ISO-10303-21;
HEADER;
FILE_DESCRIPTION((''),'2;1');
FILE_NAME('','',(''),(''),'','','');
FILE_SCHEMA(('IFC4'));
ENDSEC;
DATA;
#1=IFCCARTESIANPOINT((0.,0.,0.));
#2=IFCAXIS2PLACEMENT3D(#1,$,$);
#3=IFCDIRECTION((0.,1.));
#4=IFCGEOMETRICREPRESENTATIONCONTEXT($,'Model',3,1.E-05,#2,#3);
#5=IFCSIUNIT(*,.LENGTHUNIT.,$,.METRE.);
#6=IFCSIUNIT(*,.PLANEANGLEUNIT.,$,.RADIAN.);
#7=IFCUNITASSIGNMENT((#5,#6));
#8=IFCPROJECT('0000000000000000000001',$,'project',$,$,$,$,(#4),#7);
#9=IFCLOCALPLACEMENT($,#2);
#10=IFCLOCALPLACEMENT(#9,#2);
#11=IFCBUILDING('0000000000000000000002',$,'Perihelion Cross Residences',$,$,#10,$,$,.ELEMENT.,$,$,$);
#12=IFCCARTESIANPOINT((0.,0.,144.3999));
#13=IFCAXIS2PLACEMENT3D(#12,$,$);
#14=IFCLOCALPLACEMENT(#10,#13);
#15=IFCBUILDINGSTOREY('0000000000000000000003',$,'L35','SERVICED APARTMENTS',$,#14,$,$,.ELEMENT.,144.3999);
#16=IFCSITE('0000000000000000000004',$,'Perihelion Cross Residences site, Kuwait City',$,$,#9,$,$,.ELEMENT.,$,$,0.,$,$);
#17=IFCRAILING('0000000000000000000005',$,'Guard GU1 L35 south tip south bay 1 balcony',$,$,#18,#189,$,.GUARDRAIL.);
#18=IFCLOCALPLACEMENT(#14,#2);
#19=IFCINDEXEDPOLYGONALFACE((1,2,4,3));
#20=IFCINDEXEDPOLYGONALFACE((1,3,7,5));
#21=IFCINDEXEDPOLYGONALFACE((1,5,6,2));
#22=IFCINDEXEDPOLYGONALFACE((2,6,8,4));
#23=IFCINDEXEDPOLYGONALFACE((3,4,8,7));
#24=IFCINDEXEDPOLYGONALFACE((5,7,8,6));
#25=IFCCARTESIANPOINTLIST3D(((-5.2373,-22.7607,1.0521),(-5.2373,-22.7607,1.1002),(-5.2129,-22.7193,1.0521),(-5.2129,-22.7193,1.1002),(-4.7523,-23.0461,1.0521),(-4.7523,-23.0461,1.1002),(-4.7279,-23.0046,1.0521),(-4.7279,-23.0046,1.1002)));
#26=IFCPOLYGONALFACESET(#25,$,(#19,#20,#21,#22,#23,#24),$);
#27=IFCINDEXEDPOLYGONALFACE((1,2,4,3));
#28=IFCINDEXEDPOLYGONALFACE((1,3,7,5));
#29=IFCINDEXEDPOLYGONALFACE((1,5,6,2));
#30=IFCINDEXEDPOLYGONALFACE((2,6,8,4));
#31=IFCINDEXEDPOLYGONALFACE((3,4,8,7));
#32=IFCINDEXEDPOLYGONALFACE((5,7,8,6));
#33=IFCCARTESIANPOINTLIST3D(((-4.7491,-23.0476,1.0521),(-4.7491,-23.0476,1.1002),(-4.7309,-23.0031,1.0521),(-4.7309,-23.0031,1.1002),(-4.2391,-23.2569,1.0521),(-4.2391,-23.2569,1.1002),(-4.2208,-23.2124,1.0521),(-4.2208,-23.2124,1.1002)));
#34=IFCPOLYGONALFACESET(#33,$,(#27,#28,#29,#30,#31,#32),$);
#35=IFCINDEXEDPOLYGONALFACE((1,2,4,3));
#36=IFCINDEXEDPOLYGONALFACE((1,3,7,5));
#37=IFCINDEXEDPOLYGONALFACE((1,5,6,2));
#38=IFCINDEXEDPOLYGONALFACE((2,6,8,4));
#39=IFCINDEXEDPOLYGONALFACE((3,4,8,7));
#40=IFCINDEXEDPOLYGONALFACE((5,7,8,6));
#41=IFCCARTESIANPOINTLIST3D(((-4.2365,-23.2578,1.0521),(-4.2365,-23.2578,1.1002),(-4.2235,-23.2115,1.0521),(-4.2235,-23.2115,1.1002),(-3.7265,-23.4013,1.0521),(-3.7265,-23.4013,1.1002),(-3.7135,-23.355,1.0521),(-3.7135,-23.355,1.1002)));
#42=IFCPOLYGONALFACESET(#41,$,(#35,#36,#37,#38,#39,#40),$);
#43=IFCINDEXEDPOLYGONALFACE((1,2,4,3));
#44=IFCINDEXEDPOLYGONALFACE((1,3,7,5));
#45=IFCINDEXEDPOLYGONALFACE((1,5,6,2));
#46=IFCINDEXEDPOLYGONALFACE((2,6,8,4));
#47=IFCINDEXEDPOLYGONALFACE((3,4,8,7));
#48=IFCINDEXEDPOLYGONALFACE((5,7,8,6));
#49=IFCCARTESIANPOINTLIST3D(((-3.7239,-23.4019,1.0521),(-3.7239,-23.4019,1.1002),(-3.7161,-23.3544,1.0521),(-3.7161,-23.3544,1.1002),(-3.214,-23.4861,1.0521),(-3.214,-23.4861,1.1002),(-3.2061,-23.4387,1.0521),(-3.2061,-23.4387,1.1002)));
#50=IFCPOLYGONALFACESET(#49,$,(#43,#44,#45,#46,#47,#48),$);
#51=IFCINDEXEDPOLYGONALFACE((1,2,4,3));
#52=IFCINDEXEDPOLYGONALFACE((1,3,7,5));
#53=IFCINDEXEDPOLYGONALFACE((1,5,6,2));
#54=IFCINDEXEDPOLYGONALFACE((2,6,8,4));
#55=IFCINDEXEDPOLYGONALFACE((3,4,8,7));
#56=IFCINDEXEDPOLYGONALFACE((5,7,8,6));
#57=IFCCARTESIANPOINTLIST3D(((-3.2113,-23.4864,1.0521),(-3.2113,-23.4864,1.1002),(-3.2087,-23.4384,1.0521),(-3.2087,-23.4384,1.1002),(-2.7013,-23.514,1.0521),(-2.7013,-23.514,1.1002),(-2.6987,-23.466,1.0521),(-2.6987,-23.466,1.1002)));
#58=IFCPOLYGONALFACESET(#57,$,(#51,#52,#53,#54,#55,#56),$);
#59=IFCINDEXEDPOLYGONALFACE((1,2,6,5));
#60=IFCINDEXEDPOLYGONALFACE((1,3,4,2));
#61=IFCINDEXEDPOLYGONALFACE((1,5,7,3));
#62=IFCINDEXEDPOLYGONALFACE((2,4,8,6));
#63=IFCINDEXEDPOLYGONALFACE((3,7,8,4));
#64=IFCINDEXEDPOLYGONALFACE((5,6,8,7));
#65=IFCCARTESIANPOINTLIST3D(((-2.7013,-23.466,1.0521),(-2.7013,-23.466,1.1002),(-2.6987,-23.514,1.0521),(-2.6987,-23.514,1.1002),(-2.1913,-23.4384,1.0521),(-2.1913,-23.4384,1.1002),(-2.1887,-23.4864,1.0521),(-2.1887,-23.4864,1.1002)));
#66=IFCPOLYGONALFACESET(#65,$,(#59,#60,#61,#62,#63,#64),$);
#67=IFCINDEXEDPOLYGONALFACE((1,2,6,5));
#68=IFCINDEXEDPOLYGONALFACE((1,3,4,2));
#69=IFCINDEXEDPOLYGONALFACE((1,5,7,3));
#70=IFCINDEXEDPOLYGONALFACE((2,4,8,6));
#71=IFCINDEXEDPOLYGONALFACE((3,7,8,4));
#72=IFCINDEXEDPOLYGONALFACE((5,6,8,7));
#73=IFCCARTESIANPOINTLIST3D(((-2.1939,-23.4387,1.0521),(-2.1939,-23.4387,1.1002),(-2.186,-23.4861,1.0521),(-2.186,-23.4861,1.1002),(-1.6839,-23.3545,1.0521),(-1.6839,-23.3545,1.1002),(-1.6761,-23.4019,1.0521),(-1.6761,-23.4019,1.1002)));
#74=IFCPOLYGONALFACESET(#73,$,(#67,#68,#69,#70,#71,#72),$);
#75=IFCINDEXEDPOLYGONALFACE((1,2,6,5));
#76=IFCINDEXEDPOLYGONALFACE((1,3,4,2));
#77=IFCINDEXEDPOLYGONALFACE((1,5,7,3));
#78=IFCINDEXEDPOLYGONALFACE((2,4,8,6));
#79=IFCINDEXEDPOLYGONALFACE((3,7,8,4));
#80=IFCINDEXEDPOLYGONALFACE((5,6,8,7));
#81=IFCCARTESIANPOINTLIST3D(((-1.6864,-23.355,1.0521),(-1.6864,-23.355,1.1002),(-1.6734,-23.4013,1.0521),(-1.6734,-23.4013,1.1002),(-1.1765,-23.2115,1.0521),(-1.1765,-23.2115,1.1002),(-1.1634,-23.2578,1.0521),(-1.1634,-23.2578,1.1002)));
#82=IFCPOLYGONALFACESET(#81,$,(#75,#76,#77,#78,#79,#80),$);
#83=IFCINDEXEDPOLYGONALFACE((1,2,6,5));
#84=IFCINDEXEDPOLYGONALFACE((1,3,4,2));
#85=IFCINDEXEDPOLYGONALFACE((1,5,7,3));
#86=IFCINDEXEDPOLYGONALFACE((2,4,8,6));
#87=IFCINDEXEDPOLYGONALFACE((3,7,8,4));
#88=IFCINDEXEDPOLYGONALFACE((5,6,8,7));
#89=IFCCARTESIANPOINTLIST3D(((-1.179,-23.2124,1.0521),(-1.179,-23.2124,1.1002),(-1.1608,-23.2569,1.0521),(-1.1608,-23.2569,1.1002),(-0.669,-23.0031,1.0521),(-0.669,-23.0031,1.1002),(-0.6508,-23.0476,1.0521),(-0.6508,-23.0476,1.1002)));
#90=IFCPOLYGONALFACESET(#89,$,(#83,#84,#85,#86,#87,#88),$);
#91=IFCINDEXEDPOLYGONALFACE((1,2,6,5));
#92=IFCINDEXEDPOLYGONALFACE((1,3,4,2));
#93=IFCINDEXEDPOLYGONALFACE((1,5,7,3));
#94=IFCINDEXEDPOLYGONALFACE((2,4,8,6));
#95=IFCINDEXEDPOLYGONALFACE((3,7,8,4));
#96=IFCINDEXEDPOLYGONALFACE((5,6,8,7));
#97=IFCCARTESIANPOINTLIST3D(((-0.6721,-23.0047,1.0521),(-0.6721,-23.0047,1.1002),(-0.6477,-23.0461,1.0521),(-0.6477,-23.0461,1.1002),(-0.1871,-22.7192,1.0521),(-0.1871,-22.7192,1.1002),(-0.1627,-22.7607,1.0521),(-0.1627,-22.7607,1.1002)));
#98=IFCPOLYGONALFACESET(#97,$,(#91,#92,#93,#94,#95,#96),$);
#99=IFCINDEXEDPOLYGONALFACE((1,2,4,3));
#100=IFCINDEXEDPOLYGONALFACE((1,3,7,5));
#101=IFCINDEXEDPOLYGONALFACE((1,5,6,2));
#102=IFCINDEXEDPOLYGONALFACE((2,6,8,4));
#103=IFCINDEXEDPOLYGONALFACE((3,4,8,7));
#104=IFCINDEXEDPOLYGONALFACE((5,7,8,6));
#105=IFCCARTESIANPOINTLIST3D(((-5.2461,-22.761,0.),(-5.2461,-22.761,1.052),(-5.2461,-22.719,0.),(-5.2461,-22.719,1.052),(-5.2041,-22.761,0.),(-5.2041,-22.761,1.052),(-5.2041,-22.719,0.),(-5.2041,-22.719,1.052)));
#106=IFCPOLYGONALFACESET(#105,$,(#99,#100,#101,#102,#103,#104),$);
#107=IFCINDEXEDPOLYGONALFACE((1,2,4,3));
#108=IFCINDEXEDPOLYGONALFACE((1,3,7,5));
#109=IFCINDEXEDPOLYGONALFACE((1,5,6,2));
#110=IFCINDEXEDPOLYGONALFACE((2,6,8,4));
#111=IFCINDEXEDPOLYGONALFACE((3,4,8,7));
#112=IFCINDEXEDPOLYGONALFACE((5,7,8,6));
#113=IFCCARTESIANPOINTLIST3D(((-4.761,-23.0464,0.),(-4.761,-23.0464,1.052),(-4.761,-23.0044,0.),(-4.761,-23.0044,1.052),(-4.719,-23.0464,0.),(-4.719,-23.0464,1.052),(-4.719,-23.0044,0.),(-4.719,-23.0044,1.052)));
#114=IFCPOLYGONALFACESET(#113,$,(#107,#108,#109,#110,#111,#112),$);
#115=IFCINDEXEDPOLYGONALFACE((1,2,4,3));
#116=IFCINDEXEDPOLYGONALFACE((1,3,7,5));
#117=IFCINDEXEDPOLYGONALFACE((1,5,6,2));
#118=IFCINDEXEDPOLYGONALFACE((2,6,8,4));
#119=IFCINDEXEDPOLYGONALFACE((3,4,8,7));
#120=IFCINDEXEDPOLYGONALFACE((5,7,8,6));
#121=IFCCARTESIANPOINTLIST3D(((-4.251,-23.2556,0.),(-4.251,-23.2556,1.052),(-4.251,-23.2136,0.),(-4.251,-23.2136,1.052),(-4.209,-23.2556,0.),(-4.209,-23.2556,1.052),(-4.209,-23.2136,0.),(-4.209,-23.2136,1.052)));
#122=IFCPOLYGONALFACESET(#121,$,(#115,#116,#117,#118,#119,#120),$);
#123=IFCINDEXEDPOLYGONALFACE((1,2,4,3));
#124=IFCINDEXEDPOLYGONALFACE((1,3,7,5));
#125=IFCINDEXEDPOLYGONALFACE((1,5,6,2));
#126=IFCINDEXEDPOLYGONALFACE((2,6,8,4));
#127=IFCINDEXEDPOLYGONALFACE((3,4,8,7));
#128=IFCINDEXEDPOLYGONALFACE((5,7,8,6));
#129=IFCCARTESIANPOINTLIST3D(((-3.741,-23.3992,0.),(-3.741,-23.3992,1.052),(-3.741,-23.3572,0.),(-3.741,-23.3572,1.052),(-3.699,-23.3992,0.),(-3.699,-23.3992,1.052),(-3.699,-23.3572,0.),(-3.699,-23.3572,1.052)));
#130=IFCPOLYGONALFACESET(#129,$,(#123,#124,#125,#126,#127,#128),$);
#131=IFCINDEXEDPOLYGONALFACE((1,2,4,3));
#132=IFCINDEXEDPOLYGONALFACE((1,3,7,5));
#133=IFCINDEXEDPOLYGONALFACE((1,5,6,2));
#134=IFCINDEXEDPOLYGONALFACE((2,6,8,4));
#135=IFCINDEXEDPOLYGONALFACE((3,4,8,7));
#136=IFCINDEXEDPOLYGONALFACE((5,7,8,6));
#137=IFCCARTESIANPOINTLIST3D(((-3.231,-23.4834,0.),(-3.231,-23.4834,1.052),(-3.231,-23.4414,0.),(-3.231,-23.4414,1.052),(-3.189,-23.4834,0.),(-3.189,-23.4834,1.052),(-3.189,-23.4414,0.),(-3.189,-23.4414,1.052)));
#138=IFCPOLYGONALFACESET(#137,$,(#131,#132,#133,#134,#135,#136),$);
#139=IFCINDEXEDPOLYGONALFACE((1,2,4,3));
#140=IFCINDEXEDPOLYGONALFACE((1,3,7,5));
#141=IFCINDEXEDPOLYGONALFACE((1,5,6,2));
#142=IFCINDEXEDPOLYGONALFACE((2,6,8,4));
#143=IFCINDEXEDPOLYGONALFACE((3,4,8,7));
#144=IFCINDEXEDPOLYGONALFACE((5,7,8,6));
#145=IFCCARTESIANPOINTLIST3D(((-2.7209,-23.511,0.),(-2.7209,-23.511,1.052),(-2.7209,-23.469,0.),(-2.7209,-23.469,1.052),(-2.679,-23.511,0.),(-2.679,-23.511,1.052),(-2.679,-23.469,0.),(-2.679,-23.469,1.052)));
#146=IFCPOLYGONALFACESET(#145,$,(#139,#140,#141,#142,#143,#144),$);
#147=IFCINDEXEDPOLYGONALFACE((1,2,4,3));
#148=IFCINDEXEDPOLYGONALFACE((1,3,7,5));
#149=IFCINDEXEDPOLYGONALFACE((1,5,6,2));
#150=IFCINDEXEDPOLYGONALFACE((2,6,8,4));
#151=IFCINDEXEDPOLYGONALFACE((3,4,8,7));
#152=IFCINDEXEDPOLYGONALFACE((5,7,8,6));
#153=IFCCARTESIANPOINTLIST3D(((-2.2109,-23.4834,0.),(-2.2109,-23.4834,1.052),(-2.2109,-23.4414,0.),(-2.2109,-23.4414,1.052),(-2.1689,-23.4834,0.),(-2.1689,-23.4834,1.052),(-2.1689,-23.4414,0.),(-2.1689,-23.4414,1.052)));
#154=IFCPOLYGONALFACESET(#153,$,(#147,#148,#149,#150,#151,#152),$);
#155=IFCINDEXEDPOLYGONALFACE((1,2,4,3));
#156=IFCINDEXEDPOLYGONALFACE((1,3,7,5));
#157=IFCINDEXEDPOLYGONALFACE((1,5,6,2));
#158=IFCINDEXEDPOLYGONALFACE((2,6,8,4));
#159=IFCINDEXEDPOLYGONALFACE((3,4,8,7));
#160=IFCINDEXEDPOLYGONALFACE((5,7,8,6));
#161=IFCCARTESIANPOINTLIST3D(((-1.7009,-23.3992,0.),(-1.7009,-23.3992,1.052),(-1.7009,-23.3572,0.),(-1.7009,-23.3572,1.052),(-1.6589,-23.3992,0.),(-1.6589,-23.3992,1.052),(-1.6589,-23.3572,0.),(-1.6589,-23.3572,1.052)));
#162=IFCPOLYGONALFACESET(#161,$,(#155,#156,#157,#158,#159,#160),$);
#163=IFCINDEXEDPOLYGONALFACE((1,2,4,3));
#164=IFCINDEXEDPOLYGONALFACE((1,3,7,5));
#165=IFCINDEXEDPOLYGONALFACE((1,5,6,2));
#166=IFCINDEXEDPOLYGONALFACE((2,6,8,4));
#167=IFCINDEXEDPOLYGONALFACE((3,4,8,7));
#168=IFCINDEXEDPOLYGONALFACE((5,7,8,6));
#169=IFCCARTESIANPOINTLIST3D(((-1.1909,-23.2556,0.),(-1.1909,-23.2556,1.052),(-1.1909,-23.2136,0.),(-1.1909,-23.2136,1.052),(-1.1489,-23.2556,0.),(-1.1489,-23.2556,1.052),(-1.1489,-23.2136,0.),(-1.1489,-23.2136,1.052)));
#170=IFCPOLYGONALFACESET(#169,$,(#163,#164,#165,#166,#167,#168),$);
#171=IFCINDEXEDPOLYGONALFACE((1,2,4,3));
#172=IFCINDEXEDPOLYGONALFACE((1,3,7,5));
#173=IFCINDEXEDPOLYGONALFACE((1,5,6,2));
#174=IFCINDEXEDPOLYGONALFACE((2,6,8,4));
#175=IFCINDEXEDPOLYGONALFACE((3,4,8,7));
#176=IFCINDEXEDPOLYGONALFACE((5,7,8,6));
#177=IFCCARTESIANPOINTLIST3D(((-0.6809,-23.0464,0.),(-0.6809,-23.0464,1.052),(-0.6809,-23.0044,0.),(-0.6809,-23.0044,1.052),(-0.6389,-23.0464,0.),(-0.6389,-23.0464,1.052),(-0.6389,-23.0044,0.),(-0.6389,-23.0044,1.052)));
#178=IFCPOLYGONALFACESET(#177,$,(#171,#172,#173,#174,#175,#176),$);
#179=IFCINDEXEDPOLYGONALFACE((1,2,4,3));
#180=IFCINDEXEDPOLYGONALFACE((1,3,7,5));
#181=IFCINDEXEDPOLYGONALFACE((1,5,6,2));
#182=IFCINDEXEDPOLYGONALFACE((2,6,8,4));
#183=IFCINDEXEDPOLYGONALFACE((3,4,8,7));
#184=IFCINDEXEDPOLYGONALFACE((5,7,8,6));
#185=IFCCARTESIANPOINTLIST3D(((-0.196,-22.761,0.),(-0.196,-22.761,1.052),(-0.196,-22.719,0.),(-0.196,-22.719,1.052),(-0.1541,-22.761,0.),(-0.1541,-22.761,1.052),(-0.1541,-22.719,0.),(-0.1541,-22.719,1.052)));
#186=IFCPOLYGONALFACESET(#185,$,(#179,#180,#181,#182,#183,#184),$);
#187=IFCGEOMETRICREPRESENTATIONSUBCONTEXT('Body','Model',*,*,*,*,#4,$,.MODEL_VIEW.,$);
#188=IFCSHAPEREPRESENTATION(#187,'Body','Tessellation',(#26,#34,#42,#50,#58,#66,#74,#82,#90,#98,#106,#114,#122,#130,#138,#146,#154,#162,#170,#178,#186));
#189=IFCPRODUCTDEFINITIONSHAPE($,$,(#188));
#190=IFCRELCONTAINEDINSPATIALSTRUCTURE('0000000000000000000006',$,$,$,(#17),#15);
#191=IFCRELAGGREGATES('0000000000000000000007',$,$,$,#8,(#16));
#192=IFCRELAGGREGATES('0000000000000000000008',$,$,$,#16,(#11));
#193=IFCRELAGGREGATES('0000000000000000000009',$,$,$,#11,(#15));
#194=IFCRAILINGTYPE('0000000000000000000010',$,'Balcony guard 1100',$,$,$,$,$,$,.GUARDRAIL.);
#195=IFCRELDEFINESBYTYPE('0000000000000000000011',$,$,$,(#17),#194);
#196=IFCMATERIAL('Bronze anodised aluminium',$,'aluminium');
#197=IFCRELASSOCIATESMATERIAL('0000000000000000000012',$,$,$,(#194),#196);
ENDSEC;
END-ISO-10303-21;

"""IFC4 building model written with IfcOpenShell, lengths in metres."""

from ifc_helpers import new_model, si_unit, direction, frame, origin, origin_2d, place, context, subcontext, project, spatial, rectangle, extrude, material, type_object, element, save


model = new_model("IFC4")

# Units and contexts
model_context = context("Model", 3, precision=1e-05, world=origin(), true_north=direction((0.0, 1.0)))
body_context = subcontext(model_context, "Body", "Model", "MODEL_VIEW")
ifc_project = project(units=[si_unit("LENGTHUNIT", "METRE"), si_unit("PLANEANGLEUNIT", "RADIAN")], contexts=[model_context])

# Site, building, storey
site_placement = place(None, origin())
site = spatial("IfcSite", under=ifc_project, at=site_placement, Name="Perihelion Cross Residences site, Kuwait City", CompositionType="ELEMENT", RefElevation=0.0)
building_placement = place(site_placement, origin())
building = spatial("IfcBuilding", under=site, at=building_placement, Name="Perihelion Cross Residences", CompositionType="ELEMENT")
storey_placement = place(building_placement, frame((0.0, 0.0, 144.3999)))
storey = spatial("IfcBuildingStorey", under=building, at=storey_placement, Name="L35", Description="SERVICED APARTMENTS", CompositionType="ELEMENT", Elevation=144.3999)

# Railing
ifc_material_1 = material(Name="Bronze anodised aluminium", Category="aluminium")
railing_type = type_object("IfcRailingType", Name="Balcony guard 1100", PredefinedType="GUARDRAIL", material=ifc_material_1)
railing_1_placement = place(storey_placement, frame((-5.2251, -22.74, 0.0)))
element("IfcRailing", 1, at=railing_1_placement, inside=storey, type_object=railing_type, Name="Guard GU1 L35 south tip south bay 1 balcony", PredefinedType="GUARDRAIL", context=body_context, shape_type="SweptSolid", body=[
    extrude(rectangle(XDim=0.0481, YDim=0.0481, at=origin_2d()), frame((0.0, 0.0, 1.0762), z_axis=(0.861901, -0.507077, 0.0), x_axis=(0.507077, 0.861901, 0.0)), (0.0, 0.0, 1.0), 0.5627),
    extrude(rectangle(XDim=0.0481, YDim=0.0481, at=origin_2d()), frame((0.4851, -0.2854, 1.0762), z_axis=(0.925173, -0.379547, 0.0), x_axis=(0.379547, 0.925173, 0.0)), (0.0, 0.0, 1.0), 0.5513),
    extrude(rectangle(XDim=0.0481, YDim=0.0481, at=origin_2d()), frame((0.9951, -0.4946, 1.0762), z_axis=(0.962595, -0.270946, 0.0), x_axis=(0.270946, 0.962595, 0.0)), (0.0, 0.0, 1.0), 0.5298),
    extrude(rectangle(XDim=0.0481, YDim=0.0481, at=origin_2d()), frame((1.5051, -0.6382, 1.0762), z_axis=(0.986635, -0.162944, 0.0), x_axis=(0.162944, 0.986635, 0.0)), (0.0, 0.0, 1.0), 0.5168),
    extrude(rectangle(XDim=0.0481, YDim=0.0481, at=origin_2d()), frame((2.0151, -0.7224, 1.0762), z_axis=(0.99854, -0.054014, 0.0), x_axis=(0.054014, 0.99854, 0.0)), (0.0, 0.0, 1.0), 0.5107),
    extrude(rectangle(XDim=0.0481, YDim=0.0481, at=origin_2d()), frame((2.5251, -0.75, 1.0762), z_axis=(0.99854, 0.054014, 0.0), x_axis=(-0.054014, 0.99854, 0.0)), (0.0, 0.0, 1.0), 0.5107),
    extrude(rectangle(XDim=0.0481, YDim=0.0481, at=origin_2d()), frame((3.0352, -0.7224, 1.0762), z_axis=(0.986635, 0.162944, 0.0), x_axis=(-0.162944, 0.986635, 0.0)), (0.0, 0.0, 1.0), 0.5168),
    extrude(rectangle(XDim=0.0481, YDim=0.0481, at=origin_2d()), frame((3.5452, -0.6382, 1.0762), z_axis=(0.962595, 0.270946, 0.0), x_axis=(-0.270946, 0.962595, 0.0)), (0.0, 0.0, 1.0), 0.5298),
    extrude(rectangle(XDim=0.0481, YDim=0.0481, at=origin_2d()), frame((4.0552, -0.4946, 1.0762), z_axis=(0.925173, 0.379547, 0.0), x_axis=(-0.379547, 0.925173, 0.0)), (0.0, 0.0, 1.0), 0.5513),
    extrude(rectangle(XDim=0.0481, YDim=0.0481, at=origin_2d()), frame((4.5652, -0.2854, 1.0762), z_axis=(0.861789, 0.507267, 0.0), x_axis=(-0.507267, 0.861789, 0.0)), (0.0, 0.0, 1.0), 0.5627),
    extrude(rectangle(XDim=0.042, YDim=0.042, at=origin_2d()), origin(), (0.0, 0.0, 1.0), 1.052),
    extrude(rectangle(XDim=0.042, YDim=0.042, at=origin_2d()), frame((0.4851, -0.2854, 0.0)), (0.0, 0.0, 1.0), 1.052),
    extrude(rectangle(XDim=0.042, YDim=0.042, at=origin_2d()), frame((0.9951, -0.4946, 0.0)), (0.0, 0.0, 1.0), 1.052),
    extrude(rectangle(XDim=0.042, YDim=0.042, at=origin_2d()), frame((1.5051, -0.6382, 0.0)), (0.0, 0.0, 1.0), 1.052),
    extrude(rectangle(XDim=0.042, YDim=0.042, at=origin_2d()), frame((2.0151, -0.7224, 0.0)), (0.0, 0.0, 1.0), 1.052),
    extrude(rectangle(XDim=0.042, YDim=0.042, at=origin_2d()), frame((2.5251, -0.75, 0.0)), (0.0, 0.0, 1.0), 1.052),
    extrude(rectangle(XDim=0.042, YDim=0.042, at=origin_2d()), frame((3.0352, -0.7224, 0.0)), (0.0, 0.0, 1.0), 1.052),
    extrude(rectangle(XDim=0.042, YDim=0.042, at=origin_2d()), frame((3.5452, -0.6382, 0.0)), (0.0, 0.0, 1.0), 1.052),
    extrude(rectangle(XDim=0.042, YDim=0.042, at=origin_2d()), frame((4.0552, -0.4946, 0.0)), (0.0, 0.0, 1.0), 1.052),
    extrude(rectangle(XDim=0.042, YDim=0.042, at=origin_2d()), frame((4.5652, -0.2854, 0.0)), (0.0, 0.0, 1.0), 1.052),
    extrude(rectangle(XDim=0.042, YDim=0.042, at=origin_2d()), frame((5.05, 0.0, 0.0)), (0.0, 0.0, 1.0), 1.052),
])

save(model, "model.ifc")
